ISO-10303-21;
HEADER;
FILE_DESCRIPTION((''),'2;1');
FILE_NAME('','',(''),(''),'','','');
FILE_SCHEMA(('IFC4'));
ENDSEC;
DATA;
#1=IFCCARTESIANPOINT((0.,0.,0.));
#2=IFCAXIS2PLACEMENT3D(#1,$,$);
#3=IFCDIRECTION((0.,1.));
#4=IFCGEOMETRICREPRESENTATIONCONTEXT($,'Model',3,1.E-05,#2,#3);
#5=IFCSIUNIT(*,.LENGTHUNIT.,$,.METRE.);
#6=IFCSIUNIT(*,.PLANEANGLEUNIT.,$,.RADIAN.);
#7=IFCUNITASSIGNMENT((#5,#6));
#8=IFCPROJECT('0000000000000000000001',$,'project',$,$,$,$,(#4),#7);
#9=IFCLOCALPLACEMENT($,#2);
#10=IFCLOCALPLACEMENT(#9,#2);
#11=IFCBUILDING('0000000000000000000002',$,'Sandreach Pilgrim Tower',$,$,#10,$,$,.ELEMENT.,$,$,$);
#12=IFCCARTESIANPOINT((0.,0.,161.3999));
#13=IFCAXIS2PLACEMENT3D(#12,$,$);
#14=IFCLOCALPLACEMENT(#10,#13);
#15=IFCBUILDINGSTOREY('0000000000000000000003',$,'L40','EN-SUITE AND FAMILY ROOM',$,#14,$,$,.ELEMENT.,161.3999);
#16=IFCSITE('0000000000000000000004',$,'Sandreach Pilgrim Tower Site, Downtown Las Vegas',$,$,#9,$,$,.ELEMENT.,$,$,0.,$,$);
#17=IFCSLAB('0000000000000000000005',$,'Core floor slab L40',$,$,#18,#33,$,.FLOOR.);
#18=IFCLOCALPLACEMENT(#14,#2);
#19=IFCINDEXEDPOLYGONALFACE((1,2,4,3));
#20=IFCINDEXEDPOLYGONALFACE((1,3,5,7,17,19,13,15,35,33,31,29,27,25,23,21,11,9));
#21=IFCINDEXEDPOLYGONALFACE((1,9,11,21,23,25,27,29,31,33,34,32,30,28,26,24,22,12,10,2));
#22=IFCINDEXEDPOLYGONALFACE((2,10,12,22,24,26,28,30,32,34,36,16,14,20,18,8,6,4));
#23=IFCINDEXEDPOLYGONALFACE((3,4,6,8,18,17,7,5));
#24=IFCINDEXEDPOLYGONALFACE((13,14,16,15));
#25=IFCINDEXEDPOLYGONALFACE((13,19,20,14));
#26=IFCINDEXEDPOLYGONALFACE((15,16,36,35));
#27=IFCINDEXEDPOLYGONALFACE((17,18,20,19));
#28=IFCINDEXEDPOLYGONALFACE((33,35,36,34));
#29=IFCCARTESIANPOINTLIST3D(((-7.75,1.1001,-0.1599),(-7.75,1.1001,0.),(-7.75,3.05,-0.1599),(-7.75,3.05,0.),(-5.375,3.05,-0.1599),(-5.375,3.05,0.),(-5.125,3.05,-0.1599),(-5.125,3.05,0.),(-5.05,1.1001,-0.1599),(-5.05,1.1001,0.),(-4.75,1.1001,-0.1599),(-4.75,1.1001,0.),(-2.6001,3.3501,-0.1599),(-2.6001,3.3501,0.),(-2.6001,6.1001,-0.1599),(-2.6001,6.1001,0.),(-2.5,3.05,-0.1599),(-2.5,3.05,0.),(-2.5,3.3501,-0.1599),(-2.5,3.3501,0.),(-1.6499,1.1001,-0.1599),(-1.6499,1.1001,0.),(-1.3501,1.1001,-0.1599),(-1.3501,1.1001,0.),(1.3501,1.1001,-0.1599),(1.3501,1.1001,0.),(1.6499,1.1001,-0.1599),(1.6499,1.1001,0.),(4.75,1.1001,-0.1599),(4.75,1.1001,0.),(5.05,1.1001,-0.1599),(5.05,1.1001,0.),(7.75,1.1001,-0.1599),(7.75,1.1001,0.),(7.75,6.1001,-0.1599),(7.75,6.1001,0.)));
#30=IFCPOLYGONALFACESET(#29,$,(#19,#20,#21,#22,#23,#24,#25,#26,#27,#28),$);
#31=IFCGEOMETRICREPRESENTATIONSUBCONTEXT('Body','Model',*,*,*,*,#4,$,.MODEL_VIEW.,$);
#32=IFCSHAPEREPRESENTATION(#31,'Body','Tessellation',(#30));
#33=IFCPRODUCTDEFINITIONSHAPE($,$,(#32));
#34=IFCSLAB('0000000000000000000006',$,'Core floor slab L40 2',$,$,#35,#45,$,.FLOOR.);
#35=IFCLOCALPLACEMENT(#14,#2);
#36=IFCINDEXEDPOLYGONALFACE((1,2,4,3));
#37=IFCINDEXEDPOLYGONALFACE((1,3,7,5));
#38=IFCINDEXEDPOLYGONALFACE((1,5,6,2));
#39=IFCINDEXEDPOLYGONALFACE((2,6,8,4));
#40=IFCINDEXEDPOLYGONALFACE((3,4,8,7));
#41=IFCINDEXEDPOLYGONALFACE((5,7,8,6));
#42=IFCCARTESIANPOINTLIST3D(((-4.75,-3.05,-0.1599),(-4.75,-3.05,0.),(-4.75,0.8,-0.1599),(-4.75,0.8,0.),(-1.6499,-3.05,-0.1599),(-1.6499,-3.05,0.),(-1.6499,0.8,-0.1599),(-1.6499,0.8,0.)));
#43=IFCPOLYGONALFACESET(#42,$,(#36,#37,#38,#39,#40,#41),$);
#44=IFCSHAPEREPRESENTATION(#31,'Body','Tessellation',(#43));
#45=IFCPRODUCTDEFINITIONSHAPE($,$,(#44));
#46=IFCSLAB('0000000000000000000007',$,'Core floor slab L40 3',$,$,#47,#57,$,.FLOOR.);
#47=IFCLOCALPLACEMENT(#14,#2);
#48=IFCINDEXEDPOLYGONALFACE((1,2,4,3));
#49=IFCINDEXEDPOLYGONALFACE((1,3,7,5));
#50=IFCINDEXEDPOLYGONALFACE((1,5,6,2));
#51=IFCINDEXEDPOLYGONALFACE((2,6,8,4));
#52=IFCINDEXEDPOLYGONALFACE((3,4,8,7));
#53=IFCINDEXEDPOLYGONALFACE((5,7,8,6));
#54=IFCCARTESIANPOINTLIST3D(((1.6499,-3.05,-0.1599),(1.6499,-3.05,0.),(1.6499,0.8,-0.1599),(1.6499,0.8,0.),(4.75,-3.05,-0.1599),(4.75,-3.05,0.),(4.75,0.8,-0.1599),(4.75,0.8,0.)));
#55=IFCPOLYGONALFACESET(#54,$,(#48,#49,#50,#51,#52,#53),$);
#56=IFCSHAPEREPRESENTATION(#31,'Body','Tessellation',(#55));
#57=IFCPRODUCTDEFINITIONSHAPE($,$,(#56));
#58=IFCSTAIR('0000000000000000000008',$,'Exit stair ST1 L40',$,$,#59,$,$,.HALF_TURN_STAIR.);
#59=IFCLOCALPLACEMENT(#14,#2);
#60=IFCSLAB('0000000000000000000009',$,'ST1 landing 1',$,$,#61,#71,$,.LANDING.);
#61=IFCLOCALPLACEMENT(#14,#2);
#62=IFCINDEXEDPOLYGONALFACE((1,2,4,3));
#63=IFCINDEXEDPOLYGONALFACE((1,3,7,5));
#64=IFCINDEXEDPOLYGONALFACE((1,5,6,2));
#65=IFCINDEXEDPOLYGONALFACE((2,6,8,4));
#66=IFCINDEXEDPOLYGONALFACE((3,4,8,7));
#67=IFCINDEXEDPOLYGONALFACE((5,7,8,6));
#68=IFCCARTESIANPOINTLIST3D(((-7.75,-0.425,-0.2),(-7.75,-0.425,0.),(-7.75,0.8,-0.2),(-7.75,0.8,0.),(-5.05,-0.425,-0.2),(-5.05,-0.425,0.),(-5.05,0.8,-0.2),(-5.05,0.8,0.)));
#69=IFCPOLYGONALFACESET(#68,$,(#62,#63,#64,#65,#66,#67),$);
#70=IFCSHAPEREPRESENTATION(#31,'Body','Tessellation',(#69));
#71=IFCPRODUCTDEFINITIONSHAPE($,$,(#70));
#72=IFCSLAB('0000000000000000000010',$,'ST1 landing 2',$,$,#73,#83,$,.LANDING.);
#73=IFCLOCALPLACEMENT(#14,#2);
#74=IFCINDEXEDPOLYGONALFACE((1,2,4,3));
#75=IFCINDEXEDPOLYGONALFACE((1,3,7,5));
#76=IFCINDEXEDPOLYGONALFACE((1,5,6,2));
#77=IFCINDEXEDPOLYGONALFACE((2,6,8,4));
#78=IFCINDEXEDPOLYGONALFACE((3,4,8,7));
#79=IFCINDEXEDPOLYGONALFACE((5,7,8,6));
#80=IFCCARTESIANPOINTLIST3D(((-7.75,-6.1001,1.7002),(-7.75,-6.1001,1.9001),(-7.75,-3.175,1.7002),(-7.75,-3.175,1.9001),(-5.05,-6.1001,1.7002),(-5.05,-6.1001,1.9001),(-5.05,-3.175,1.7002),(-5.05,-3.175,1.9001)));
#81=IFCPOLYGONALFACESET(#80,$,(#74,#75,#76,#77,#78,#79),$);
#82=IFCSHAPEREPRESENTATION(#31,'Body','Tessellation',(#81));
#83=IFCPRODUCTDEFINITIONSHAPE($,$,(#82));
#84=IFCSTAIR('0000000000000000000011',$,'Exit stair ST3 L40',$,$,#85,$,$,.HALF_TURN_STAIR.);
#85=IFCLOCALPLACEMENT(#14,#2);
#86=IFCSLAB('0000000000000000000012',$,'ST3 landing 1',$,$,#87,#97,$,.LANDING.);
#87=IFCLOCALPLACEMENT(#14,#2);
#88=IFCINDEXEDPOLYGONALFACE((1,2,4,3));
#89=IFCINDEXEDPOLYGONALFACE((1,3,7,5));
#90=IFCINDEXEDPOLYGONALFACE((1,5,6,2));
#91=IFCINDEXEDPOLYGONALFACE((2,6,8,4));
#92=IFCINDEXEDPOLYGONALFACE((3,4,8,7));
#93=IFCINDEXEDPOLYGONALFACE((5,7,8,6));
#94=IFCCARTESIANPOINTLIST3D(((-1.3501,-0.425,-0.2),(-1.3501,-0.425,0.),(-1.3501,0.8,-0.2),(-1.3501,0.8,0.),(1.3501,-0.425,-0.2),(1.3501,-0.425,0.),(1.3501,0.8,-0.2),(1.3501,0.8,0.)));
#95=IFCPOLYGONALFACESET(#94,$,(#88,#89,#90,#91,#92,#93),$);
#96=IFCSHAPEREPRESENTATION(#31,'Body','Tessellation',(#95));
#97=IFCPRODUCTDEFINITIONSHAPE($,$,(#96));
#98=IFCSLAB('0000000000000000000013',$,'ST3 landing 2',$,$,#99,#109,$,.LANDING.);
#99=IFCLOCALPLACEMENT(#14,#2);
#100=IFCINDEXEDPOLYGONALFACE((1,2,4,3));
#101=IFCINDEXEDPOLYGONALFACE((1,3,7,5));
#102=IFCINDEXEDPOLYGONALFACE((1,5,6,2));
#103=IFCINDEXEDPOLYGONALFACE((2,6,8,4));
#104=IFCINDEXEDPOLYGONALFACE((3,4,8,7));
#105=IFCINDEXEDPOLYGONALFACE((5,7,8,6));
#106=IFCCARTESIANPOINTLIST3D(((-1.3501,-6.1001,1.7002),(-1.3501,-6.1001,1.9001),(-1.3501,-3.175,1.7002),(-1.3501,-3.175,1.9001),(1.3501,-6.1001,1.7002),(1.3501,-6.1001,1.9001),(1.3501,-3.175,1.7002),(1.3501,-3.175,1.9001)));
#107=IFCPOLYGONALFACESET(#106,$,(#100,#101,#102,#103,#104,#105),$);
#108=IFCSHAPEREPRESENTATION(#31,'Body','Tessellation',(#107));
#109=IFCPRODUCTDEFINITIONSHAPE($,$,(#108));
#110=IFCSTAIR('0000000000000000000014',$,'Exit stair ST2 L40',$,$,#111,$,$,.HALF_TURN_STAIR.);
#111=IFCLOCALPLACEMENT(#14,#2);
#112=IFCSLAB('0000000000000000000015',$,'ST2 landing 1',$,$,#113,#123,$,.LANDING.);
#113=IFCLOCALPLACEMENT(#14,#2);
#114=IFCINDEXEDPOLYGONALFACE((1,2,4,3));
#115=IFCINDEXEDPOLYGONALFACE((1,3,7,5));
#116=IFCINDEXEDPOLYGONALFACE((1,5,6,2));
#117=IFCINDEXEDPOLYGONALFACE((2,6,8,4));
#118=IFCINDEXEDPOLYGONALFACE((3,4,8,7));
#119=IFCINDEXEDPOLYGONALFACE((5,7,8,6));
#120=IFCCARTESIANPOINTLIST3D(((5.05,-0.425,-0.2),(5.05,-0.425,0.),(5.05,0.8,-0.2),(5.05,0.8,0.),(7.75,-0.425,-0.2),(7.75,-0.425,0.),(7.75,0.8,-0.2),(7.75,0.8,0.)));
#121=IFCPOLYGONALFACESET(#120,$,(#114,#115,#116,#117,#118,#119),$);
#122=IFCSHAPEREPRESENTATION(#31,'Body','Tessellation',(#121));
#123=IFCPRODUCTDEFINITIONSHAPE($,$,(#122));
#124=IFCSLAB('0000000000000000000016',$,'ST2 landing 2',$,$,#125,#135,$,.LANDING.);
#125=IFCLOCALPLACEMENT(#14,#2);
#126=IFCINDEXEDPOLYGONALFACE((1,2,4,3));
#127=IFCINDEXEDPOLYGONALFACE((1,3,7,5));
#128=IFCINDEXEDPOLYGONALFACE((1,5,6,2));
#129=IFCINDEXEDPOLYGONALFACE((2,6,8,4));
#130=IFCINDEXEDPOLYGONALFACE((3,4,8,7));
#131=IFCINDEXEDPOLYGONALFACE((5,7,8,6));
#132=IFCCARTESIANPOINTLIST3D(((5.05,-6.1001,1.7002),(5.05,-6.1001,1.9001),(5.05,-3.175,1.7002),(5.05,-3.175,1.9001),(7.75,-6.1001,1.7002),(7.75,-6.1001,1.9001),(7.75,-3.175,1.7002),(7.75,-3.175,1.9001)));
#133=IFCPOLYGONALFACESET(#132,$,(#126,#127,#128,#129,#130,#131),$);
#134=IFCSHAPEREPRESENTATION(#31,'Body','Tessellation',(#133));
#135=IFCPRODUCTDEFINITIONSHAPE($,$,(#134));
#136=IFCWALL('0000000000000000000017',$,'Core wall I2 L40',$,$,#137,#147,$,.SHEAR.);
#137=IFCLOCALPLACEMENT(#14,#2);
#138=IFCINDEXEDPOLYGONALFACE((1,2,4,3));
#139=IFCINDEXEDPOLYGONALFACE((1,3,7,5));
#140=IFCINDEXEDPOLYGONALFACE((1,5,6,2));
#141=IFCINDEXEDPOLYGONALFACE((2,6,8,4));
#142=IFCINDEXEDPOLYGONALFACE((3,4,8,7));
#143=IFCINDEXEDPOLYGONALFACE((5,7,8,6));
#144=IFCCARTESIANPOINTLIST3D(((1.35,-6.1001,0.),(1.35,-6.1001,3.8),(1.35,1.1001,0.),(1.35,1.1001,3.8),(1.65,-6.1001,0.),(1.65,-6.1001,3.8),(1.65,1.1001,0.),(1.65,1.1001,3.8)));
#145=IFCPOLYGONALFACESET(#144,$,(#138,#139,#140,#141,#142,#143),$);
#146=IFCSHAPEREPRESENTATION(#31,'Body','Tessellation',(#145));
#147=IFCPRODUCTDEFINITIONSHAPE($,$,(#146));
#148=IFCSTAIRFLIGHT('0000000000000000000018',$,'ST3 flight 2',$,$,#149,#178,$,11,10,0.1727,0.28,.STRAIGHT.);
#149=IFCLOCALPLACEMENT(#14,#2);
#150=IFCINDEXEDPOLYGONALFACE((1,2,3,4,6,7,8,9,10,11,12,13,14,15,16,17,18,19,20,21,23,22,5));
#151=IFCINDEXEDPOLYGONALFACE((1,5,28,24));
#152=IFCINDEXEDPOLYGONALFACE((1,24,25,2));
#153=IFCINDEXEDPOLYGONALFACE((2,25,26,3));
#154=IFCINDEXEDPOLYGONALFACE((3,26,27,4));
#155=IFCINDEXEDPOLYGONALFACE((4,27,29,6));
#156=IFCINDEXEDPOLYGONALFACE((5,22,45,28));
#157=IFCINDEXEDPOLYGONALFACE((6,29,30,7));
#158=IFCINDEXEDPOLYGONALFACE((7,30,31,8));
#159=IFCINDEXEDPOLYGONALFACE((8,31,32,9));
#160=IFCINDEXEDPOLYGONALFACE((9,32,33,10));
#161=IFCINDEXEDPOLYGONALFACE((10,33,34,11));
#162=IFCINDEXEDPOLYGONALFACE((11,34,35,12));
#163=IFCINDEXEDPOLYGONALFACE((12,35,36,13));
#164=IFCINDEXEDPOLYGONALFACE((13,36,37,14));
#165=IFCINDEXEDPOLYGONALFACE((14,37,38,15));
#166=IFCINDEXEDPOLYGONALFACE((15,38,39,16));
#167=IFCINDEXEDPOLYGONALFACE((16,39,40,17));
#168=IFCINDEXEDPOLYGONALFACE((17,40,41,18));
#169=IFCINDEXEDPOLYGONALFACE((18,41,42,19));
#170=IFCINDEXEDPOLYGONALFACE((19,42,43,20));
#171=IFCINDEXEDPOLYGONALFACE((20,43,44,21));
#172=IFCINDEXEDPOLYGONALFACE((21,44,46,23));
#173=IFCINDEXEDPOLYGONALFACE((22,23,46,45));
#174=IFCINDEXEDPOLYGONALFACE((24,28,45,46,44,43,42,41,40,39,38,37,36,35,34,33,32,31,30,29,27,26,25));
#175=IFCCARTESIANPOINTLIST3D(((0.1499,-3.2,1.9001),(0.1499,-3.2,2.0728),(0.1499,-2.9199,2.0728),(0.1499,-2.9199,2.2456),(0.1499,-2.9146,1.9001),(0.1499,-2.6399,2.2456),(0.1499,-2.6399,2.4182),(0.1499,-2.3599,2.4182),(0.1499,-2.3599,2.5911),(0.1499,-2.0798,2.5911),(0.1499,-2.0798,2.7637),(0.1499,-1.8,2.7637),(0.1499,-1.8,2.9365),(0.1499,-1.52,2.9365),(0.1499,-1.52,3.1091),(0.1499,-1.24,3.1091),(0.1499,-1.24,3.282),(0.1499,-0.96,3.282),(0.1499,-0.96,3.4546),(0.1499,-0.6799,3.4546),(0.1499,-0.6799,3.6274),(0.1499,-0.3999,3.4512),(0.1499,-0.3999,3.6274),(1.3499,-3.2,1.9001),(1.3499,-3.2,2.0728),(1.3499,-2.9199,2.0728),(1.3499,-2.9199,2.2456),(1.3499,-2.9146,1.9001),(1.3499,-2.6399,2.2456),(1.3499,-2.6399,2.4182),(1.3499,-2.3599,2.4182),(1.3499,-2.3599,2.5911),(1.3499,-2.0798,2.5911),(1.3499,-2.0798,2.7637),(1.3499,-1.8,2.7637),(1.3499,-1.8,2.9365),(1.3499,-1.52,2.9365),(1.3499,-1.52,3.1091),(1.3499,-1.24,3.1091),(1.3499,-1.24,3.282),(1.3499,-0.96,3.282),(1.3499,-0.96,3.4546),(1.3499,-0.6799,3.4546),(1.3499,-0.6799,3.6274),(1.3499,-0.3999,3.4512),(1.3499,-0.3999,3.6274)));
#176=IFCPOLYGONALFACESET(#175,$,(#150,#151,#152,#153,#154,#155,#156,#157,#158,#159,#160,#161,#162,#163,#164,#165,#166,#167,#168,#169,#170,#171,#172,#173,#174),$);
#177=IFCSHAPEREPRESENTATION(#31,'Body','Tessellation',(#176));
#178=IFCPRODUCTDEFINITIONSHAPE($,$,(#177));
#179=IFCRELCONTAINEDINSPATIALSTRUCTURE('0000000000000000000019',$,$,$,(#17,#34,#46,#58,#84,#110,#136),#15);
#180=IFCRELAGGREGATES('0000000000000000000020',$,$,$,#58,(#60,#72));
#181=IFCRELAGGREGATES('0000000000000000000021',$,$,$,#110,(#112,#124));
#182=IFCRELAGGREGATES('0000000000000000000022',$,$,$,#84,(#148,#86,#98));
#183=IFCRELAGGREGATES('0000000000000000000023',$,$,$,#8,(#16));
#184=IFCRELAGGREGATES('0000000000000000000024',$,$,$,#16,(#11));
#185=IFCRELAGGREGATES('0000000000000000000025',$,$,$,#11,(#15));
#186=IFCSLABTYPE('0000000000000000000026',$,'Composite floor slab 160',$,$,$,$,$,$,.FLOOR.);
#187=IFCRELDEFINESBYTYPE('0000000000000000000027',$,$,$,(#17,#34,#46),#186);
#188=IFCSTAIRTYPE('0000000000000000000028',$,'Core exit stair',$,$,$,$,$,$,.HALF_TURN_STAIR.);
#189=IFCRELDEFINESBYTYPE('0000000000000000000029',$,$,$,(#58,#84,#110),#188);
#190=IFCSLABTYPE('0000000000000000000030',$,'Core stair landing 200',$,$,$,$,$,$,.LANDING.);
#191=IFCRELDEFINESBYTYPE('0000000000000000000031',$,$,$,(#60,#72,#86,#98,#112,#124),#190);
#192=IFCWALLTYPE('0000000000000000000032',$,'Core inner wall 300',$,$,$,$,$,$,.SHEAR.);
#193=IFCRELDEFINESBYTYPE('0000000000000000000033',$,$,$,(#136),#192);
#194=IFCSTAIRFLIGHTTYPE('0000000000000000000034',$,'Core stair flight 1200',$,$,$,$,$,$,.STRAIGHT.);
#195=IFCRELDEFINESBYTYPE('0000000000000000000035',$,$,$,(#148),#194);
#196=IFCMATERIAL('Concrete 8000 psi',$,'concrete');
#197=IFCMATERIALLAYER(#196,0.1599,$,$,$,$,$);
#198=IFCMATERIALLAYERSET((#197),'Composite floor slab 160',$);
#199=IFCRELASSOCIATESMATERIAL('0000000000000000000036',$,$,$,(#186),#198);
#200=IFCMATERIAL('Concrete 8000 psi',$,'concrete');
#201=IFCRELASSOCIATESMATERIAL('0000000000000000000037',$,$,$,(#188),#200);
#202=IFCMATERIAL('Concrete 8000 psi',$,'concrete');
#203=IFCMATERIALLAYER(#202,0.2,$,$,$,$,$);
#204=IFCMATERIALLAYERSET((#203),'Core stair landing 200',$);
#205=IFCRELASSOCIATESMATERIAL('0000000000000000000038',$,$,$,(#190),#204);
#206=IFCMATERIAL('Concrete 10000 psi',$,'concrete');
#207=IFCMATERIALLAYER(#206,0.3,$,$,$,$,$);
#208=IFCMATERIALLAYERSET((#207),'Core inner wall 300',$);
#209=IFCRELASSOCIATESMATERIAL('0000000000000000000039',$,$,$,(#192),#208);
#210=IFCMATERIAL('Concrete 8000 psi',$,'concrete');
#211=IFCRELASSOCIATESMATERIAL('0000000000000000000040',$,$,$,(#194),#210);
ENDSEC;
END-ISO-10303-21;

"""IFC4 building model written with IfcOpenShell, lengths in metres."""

from ifc_helpers import new_model, si_unit, direction, frame, frame_2d, origin, place, context, subcontext, project, spatial, polyline, rectangle, outline, extrude, material, layer, layer_set, type_object, element, aggregate, save


model = new_model("IFC4")

# Units and contexts
model_context = context("Model", 3, precision=1e-05, world=origin(), true_north=direction((0.0, 1.0)))
body_context = subcontext(model_context, "Body", "Model", "MODEL_VIEW")
ifc_project = project(units=[si_unit("LENGTHUNIT", "METRE"), si_unit("PLANEANGLEUNIT", "RADIAN")], contexts=[model_context])

# Site, building, storey
site_placement = place(None, origin())
site = spatial("IfcSite", under=ifc_project, at=site_placement, Name="Sandreach Pilgrim Tower Site, Downtown Las Vegas", CompositionType="ELEMENT", RefElevation=0.0)
building_placement = place(site_placement, origin())
building = spatial("IfcBuilding", under=site, at=building_placement, Name="Sandreach Pilgrim Tower", CompositionType="ELEMENT")
storey_placement = place(building_placement, frame((0.0, 0.0, 161.3999)))
storey = spatial("IfcBuildingStorey", under=building, at=storey_placement, Name="L40", Description="EN-SUITE AND FAMILY ROOM", CompositionType="ELEMENT", Elevation=161.3999)

# Slabs
ifc_material_1 = material(Name="Concrete 8000 psi", Category="concrete")
ifc_layer_1 = layer(ifc_material_1, 0.1599)
ifc_layer_set_1 = layer_set([ifc_layer_1], Name="Composite floor slab 160")
slab_type_1 = type_object("IfcSlabType", Name="Composite floor slab 160", PredefinedType="FLOOR", material=ifc_layer_set_1)
slab_1_placement = place(storey_placement, frame((0.0, 0.0, -0.1599)))
element("IfcSlab", 1, at=slab_1_placement, inside=storey, type_object=slab_type_1, Name="Core floor slab L40", PredefinedType="FLOOR", context=body_context, shape_type="SweptSolid", body=[
    extrude(outline(polyline([(-7.75, 3.05), (-5.375, 3.05), (-5.125, 3.05), (-2.5, 3.05), (-2.5, 3.3501), (-2.6001, 3.3501), (-2.6001, 6.1001), (7.75, 6.1001), (7.75, 1.1001), (5.05, 1.1001), (4.75, 1.1001), (1.6499, 1.1001), (1.3501, 1.1001), (-1.3501, 1.1001), (-1.6499, 1.1001), (-4.75, 1.1001), (-5.05, 1.1001), (-7.75, 1.1001), (-7.75, 3.05)])), origin(), (0.0, 0.0, 1.0), 0.1599),
])
slab_2_placement = place(storey_placement, frame((0.0, 0.0, -0.1599)))
element("IfcSlab", 2, at=slab_2_placement, inside=storey, type_object=slab_type_1, Name="Core floor slab L40 2", PredefinedType="FLOOR", context=body_context, shape_type="SweptSolid", body=[
    extrude(outline(polyline([(-1.6499, -3.05), (-4.75, -3.05), (-4.75, 0.8), (-1.6499, 0.8), (-1.6499, -3.05)])), origin(), (0.0, 0.0, 1.0), 0.1599),
])
slab_3_placement = place(storey_placement, frame((0.0, 0.0, -0.1599)))
element("IfcSlab", 3, at=slab_3_placement, inside=storey, type_object=slab_type_1, Name="Core floor slab L40 3", PredefinedType="FLOOR", context=body_context, shape_type="SweptSolid", body=[
    extrude(outline(polyline([(4.75, -3.05), (1.6499, -3.05), (1.6499, 0.8), (4.75, 0.8), (4.75, -3.05)])), origin(), (0.0, 0.0, 1.0), 0.1599),
])

# Stairs, slabs
ifc_material_2 = material(Name="Concrete 8000 psi", Category="concrete")
stair_type = type_object("IfcStairType", Name="Core exit stair", PredefinedType="HALF_TURN_STAIR", material=ifc_material_2)
stair_1_placement = place(storey_placement, origin())
stair_1 = element("IfcStair", 4, at=stair_1_placement, inside=storey, type_object=stair_type, Name="Exit stair ST1 L40", PredefinedType="HALF_TURN_STAIR")
ifc_material_3 = material(Name="Concrete 8000 psi", Category="concrete")
ifc_layer_2 = layer(ifc_material_3, 0.2)
ifc_layer_set_2 = layer_set([ifc_layer_2], Name="Core stair landing 200")
slab_type_2 = type_object("IfcSlabType", Name="Core stair landing 200", PredefinedType="LANDING", material=ifc_layer_set_2)
slab_4_placement = place(storey_placement, frame((0.0, 0.0, -0.2)))
slab_4 = element("IfcSlab", 5, at=slab_4_placement, type_object=slab_type_2, Name="ST1 landing 1", PredefinedType="LANDING", context=body_context, shape_type="SweptSolid", body=[
    extrude(outline(polyline([(-7.75, -0.425), (-5.05, -0.425), (-5.05, 0.8), (-7.75, 0.8), (-7.75, -0.425)])), origin(), (0.0, 0.0, 1.0), 0.2),
])
slab_5_placement = place(storey_placement, frame((0.0, 0.0, 1.7002)))
slab_5 = element("IfcSlab", 6, at=slab_5_placement, type_object=slab_type_2, Name="ST1 landing 2", PredefinedType="LANDING", context=body_context, shape_type="SweptSolid", body=[
    extrude(outline(polyline([(-7.75, -6.1001), (-5.05, -6.1001), (-5.05, -3.175), (-7.75, -3.175), (-7.75, -6.1001)])), origin(), (0.0, 0.0, 1.0), 0.2),
])
aggregate(stair_1, [slab_4, slab_5])
stair_2_placement = place(storey_placement, origin())
stair_2 = element("IfcStair", 7, at=stair_2_placement, inside=storey, type_object=stair_type, Name="Exit stair ST3 L40", PredefinedType="HALF_TURN_STAIR")
slab_6_placement = place(storey_placement, frame((0.0, 0.0, -0.2)))
slab_6 = element("IfcSlab", 8, at=slab_6_placement, type_object=slab_type_2, Name="ST3 landing 1", PredefinedType="LANDING", context=body_context, shape_type="SweptSolid", body=[
    extrude(outline(polyline([(-1.3501, -0.425), (1.3501, -0.425), (1.3501, 0.8), (-1.3501, 0.8), (-1.3501, -0.425)])), origin(), (0.0, 0.0, 1.0), 0.2),
])
slab_7_placement = place(storey_placement, frame((0.0, 0.0, 1.7002)))
slab_7 = element("IfcSlab", 9, at=slab_7_placement, type_object=slab_type_2, Name="ST3 landing 2", PredefinedType="LANDING", context=body_context, shape_type="SweptSolid", body=[
    extrude(outline(polyline([(-1.3501, -6.1001), (1.3501, -6.1001), (1.3501, -3.175), (-1.3501, -3.175), (-1.3501, -6.1001)])), origin(), (0.0, 0.0, 1.0), 0.2),
])
stair_3_placement = place(storey_placement, origin())
stair_3 = element("IfcStair", 10, at=stair_3_placement, inside=storey, type_object=stair_type, Name="Exit stair ST2 L40", PredefinedType="HALF_TURN_STAIR")
slab_8_placement = place(storey_placement, frame((0.0, 0.0, -0.2)))
slab_8 = element("IfcSlab", 11, at=slab_8_placement, type_object=slab_type_2, Name="ST2 landing 1", PredefinedType="LANDING", context=body_context, shape_type="SweptSolid", body=[
    extrude(outline(polyline([(5.05, -0.425), (7.75, -0.425), (7.75, 0.8), (5.05, 0.8), (5.05, -0.425)])), origin(), (0.0, 0.0, 1.0), 0.2),
])
slab_9_placement = place(storey_placement, frame((0.0, 0.0, 1.7002)))
slab_9 = element("IfcSlab", 12, at=slab_9_placement, type_object=slab_type_2, Name="ST2 landing 2", PredefinedType="LANDING", context=body_context, shape_type="SweptSolid", body=[
    extrude(outline(polyline([(5.05, -6.1001), (7.75, -6.1001), (7.75, -3.175), (5.05, -3.175), (5.05, -6.1001)])), origin(), (0.0, 0.0, 1.0), 0.2),
])
aggregate(stair_3, [slab_8, slab_9])

# Wall
ifc_material_4 = material(Name="Concrete 10000 psi", Category="concrete")
ifc_layer_3 = layer(ifc_material_4, 0.3)
ifc_layer_set_3 = layer_set([ifc_layer_3], Name="Core inner wall 300")
wall_type = type_object("IfcWallType", Name="Core inner wall 300", PredefinedType="SHEAR", material=ifc_layer_set_3)
wall_1_placement = place(storey_placement, frame((1.5, -6.1001, 0.0), z_axis=(0.0, 0.0, 1.0), x_axis=(0.0, 1.0, 0.0)))
element("IfcWall", 13, at=wall_1_placement, inside=storey, type_object=wall_type, Name="Core wall I2 L40", PredefinedType="SHEAR", context=body_context, shape_type="SweptSolid", body=[
    extrude(rectangle(XDim=7.2002, YDim=0.3, at=frame_2d((3.6001, 0.0))), origin(), (0.0, 0.0, 1.0), 3.8),
])

# Stair flight
ifc_material_5 = material(Name="Concrete 8000 psi", Category="concrete")
stair_flight_type = type_object("IfcStairFlightType", Name="Core stair flight 1200", PredefinedType="STRAIGHT", material=ifc_material_5)
stair_flight_placement = place(storey_placement, frame((0.75, -3.2, 1.9001), z_axis=(0.0, 0.0, 1.0), x_axis=(0.0, 1.0, 0.0)))
stair_flight = element("IfcStairFlight", 14, at=stair_flight_placement, type_object=stair_flight_type, Name="ST3 flight 2", NumberOfRisers=11, NumberOfTreads=10, PredefinedType="STRAIGHT", RiserHeight=0.1727, TreadLength=0.28, context=body_context, shape_type="SweptSolid", body=[
    extrude(outline(polyline([(0.0, 0.0), (0.0, 0.1726), (0.28, 0.1726), (0.28, 0.3455), (0.5601, 0.3455), (0.5601, 0.5181), (0.8401, 0.5181), (0.8401, 0.6909), (1.1201, 0.6909), (1.1201, 0.8635), (1.3999, 0.8635), (1.3999, 1.0364), (1.6799, 1.0364), (1.6799, 1.209), (1.96, 1.209), (1.96, 1.3818), (2.24, 1.3818), (2.24, 1.5544), (2.52, 1.5544), (2.52, 1.7273), (2.8, 1.7273), (2.8, 1.8999), (2.8, 1.551), (0.2854, 0.0), (0.0, 0.0)])), frame((0.0, 0.6001, 0.0), z_axis=(0.0, -1.0, 0.0), x_axis=(1.0, 0.0, 0.0)), (0.0, 0.0, 1.0), 1.2),
])
aggregate(stair_2, [stair_flight, slab_6, slab_7])

save(model, "model.ifc")
